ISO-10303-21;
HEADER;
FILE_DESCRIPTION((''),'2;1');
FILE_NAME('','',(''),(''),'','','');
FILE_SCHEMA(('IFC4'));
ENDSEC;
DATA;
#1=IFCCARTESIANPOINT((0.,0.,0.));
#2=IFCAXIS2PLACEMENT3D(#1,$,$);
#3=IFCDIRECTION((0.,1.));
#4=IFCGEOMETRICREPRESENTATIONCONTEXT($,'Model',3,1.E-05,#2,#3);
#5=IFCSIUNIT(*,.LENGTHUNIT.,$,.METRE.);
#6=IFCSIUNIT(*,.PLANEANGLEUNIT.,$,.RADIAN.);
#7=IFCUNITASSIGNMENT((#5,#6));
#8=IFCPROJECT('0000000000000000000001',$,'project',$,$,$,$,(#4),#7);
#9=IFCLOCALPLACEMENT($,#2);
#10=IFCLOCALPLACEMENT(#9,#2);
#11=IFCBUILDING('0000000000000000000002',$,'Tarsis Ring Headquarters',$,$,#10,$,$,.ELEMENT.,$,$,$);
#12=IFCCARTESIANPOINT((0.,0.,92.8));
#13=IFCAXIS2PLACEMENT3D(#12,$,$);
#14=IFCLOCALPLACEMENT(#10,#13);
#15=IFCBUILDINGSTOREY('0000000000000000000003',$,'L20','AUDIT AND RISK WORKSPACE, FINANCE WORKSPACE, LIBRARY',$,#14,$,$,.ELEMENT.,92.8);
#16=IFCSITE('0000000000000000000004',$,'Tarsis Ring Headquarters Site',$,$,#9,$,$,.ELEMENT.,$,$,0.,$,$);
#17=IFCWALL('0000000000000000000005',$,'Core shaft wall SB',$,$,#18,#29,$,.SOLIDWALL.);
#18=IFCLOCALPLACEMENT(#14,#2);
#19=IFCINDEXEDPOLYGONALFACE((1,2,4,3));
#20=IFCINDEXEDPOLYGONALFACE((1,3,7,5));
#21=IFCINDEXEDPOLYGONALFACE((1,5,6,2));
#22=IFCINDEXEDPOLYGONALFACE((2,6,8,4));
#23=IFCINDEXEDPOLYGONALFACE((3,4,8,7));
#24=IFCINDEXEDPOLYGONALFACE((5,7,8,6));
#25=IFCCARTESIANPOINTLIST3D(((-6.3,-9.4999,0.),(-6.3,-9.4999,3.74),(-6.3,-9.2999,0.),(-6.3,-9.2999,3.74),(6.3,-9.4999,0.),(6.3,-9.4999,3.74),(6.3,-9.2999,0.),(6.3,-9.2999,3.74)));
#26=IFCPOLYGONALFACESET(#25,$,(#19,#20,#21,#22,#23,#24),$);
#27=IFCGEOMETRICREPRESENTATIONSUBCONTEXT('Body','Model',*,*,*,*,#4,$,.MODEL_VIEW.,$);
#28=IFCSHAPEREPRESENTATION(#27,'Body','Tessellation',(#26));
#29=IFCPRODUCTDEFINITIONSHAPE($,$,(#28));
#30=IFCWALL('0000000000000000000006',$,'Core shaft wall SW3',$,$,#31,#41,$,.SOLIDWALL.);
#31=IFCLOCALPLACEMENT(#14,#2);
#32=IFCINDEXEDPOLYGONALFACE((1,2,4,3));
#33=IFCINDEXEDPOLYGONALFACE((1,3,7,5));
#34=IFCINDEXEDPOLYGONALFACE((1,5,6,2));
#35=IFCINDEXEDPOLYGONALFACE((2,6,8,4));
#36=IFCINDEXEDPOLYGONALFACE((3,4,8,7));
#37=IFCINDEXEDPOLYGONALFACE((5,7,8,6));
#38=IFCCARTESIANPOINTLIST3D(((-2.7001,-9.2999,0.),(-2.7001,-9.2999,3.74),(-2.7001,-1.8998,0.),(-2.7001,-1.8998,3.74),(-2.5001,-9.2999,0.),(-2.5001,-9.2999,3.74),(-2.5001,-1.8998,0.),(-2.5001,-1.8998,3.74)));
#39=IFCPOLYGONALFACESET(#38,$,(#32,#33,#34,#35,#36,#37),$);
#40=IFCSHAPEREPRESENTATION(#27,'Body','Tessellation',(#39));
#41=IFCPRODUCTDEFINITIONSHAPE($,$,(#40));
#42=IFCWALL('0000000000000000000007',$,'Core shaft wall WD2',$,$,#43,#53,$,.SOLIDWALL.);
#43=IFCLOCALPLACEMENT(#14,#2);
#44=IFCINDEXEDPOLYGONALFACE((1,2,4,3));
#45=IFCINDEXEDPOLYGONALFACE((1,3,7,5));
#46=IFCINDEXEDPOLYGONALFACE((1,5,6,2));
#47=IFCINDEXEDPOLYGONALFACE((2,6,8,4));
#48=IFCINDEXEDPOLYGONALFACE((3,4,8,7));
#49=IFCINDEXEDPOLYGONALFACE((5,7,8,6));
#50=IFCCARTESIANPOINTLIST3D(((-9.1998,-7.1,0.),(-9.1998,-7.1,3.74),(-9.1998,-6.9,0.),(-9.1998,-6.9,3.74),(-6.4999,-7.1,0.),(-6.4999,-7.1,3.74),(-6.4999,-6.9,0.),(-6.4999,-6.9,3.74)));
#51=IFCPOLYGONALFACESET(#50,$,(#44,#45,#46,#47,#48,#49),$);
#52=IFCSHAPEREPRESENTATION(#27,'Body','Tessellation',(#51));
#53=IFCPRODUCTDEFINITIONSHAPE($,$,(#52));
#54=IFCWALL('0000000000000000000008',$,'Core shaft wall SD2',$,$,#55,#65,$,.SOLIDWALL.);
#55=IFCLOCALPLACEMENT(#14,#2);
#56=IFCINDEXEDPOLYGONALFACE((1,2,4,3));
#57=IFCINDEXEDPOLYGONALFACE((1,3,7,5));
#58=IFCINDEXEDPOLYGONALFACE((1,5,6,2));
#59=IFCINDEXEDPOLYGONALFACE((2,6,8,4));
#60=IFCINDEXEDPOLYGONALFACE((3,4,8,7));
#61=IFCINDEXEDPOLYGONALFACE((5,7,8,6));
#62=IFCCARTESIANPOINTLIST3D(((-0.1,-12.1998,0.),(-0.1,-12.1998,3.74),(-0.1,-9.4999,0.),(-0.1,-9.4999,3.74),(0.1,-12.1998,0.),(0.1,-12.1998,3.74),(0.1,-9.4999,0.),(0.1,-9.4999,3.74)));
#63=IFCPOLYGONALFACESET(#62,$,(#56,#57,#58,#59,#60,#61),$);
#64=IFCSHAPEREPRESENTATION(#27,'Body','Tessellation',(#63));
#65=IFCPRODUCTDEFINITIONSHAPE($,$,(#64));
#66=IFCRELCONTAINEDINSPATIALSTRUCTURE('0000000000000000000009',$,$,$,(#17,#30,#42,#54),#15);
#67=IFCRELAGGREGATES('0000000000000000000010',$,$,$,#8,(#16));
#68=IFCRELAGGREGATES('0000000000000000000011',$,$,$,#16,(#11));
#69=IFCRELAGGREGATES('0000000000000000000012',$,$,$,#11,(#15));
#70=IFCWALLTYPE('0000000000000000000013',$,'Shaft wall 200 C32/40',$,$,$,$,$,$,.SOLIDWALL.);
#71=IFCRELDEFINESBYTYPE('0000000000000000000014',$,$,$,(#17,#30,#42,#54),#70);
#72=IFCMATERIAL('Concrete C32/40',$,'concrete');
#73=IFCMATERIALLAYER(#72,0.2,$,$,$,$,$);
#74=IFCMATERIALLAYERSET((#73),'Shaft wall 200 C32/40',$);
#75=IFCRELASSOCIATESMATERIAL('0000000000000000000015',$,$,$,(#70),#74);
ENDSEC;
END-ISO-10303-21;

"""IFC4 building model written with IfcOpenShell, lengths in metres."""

from ifc_helpers import new_model, si_unit, direction, frame, frame_2d, origin, place, context, subcontext, project, spatial, rectangle, extrude, material, layer, layer_set, type_object, element, save


model = new_model("IFC4")

# Units and contexts
model_context = context("Model", 3, precision=1e-05, world=origin(), true_north=direction((0.0, 1.0)))
body_context = subcontext(model_context, "Body", "Model", "MODEL_VIEW")
ifc_project = project(units=[si_unit("LENGTHUNIT", "METRE"), si_unit("PLANEANGLEUNIT", "RADIAN")], contexts=[model_context])

# Site, building, storey
site_placement = place(None, origin())
site = spatial("IfcSite", under=ifc_project, at=site_placement, Name="Tarsis Ring Headquarters Site", CompositionType="ELEMENT", RefElevation=0.0)
building_placement = place(site_placement, origin())
building = spatial("IfcBuilding", under=site, at=building_placement, Name="Tarsis Ring Headquarters", CompositionType="ELEMENT")
storey_placement = place(building_placement, frame((0.0, 0.0, 92.8)))
storey = spatial("IfcBuildingStorey", under=building, at=storey_placement, Name="L20", Description="AUDIT AND RISK WORKSPACE, FINANCE WORKSPACE, LIBRARY", CompositionType="ELEMENT", Elevation=92.8)

# Shared definitions
ifc_material_1 = material(Name="Concrete C32/40", Category="concrete")

# Shared definitions
ifc_layer_1 = layer(ifc_material_1, 0.2)
ifc_layer_set_1 = layer_set([ifc_layer_1], Name="Shaft wall 200 C32/40")
wall_type_1 = type_object("IfcWallType", Name="Shaft wall 200 C32/40", PredefinedType="SOLIDWALL", material=ifc_layer_set_1)

# Walls
wall_1_placement = place(storey_placement, frame((-6.3, -9.3999, 0.0), z_axis=(0.0, 0.0, 1.0), x_axis=(1.0, 0.0, 0.0)))
element("IfcWall", 1, at=wall_1_placement, inside=storey, type_object=wall_type_1, Name="Core shaft wall SB", PredefinedType="SOLIDWALL", context=body_context, shape_type="SweptSolid", body=[
    extrude(rectangle(XDim=12.6001, YDim=0.2, at=frame_2d((6.3, 0.0))), origin(), (0.0, 0.0, 1.0), 3.74),
])
wall_2_placement = place(storey_placement, frame((-2.6001, -9.3, 0.0), z_axis=(0.0, 0.0, 1.0), x_axis=(0.0, 1.0, 0.0)))
element("IfcWall", 2, at=wall_2_placement, inside=storey, type_object=wall_type_1, Name="Core shaft wall SW3", PredefinedType="SOLIDWALL", context=body_context, shape_type="SweptSolid", body=[
    extrude(rectangle(XDim=7.4001, YDim=0.2, at=frame_2d((3.7002, 0.0))), origin(), (0.0, 0.0, 1.0), 3.74),
])
for number, where, z_axis, x_axis, name in (
    (3, (-9.2, -7.0, 0.0), (0.0, 0.0, 1.0), (1.0, 0.0, 0.0), "Core shaft wall WD2"),
    (4, (0.0, -12.2, 0.0), (0.0, 0.0, 1.0), (0.0, 1.0, 0.0), "Core shaft wall SD2"),
):
    element("IfcWall", number, at=place(storey_placement, frame(where, z_axis=z_axis, x_axis=x_axis)), inside=storey, type_object=wall_type_1, Name=name, PredefinedType="SOLIDWALL", context=body_context, shape_type="SweptSolid", body=[
        extrude(rectangle(XDim=2.7, YDim=0.2, at=frame_2d((1.3501, 0.0))), origin(), (0.0, 0.0, 1.0), 3.74),
    ])

save(model, "model.ifc")
